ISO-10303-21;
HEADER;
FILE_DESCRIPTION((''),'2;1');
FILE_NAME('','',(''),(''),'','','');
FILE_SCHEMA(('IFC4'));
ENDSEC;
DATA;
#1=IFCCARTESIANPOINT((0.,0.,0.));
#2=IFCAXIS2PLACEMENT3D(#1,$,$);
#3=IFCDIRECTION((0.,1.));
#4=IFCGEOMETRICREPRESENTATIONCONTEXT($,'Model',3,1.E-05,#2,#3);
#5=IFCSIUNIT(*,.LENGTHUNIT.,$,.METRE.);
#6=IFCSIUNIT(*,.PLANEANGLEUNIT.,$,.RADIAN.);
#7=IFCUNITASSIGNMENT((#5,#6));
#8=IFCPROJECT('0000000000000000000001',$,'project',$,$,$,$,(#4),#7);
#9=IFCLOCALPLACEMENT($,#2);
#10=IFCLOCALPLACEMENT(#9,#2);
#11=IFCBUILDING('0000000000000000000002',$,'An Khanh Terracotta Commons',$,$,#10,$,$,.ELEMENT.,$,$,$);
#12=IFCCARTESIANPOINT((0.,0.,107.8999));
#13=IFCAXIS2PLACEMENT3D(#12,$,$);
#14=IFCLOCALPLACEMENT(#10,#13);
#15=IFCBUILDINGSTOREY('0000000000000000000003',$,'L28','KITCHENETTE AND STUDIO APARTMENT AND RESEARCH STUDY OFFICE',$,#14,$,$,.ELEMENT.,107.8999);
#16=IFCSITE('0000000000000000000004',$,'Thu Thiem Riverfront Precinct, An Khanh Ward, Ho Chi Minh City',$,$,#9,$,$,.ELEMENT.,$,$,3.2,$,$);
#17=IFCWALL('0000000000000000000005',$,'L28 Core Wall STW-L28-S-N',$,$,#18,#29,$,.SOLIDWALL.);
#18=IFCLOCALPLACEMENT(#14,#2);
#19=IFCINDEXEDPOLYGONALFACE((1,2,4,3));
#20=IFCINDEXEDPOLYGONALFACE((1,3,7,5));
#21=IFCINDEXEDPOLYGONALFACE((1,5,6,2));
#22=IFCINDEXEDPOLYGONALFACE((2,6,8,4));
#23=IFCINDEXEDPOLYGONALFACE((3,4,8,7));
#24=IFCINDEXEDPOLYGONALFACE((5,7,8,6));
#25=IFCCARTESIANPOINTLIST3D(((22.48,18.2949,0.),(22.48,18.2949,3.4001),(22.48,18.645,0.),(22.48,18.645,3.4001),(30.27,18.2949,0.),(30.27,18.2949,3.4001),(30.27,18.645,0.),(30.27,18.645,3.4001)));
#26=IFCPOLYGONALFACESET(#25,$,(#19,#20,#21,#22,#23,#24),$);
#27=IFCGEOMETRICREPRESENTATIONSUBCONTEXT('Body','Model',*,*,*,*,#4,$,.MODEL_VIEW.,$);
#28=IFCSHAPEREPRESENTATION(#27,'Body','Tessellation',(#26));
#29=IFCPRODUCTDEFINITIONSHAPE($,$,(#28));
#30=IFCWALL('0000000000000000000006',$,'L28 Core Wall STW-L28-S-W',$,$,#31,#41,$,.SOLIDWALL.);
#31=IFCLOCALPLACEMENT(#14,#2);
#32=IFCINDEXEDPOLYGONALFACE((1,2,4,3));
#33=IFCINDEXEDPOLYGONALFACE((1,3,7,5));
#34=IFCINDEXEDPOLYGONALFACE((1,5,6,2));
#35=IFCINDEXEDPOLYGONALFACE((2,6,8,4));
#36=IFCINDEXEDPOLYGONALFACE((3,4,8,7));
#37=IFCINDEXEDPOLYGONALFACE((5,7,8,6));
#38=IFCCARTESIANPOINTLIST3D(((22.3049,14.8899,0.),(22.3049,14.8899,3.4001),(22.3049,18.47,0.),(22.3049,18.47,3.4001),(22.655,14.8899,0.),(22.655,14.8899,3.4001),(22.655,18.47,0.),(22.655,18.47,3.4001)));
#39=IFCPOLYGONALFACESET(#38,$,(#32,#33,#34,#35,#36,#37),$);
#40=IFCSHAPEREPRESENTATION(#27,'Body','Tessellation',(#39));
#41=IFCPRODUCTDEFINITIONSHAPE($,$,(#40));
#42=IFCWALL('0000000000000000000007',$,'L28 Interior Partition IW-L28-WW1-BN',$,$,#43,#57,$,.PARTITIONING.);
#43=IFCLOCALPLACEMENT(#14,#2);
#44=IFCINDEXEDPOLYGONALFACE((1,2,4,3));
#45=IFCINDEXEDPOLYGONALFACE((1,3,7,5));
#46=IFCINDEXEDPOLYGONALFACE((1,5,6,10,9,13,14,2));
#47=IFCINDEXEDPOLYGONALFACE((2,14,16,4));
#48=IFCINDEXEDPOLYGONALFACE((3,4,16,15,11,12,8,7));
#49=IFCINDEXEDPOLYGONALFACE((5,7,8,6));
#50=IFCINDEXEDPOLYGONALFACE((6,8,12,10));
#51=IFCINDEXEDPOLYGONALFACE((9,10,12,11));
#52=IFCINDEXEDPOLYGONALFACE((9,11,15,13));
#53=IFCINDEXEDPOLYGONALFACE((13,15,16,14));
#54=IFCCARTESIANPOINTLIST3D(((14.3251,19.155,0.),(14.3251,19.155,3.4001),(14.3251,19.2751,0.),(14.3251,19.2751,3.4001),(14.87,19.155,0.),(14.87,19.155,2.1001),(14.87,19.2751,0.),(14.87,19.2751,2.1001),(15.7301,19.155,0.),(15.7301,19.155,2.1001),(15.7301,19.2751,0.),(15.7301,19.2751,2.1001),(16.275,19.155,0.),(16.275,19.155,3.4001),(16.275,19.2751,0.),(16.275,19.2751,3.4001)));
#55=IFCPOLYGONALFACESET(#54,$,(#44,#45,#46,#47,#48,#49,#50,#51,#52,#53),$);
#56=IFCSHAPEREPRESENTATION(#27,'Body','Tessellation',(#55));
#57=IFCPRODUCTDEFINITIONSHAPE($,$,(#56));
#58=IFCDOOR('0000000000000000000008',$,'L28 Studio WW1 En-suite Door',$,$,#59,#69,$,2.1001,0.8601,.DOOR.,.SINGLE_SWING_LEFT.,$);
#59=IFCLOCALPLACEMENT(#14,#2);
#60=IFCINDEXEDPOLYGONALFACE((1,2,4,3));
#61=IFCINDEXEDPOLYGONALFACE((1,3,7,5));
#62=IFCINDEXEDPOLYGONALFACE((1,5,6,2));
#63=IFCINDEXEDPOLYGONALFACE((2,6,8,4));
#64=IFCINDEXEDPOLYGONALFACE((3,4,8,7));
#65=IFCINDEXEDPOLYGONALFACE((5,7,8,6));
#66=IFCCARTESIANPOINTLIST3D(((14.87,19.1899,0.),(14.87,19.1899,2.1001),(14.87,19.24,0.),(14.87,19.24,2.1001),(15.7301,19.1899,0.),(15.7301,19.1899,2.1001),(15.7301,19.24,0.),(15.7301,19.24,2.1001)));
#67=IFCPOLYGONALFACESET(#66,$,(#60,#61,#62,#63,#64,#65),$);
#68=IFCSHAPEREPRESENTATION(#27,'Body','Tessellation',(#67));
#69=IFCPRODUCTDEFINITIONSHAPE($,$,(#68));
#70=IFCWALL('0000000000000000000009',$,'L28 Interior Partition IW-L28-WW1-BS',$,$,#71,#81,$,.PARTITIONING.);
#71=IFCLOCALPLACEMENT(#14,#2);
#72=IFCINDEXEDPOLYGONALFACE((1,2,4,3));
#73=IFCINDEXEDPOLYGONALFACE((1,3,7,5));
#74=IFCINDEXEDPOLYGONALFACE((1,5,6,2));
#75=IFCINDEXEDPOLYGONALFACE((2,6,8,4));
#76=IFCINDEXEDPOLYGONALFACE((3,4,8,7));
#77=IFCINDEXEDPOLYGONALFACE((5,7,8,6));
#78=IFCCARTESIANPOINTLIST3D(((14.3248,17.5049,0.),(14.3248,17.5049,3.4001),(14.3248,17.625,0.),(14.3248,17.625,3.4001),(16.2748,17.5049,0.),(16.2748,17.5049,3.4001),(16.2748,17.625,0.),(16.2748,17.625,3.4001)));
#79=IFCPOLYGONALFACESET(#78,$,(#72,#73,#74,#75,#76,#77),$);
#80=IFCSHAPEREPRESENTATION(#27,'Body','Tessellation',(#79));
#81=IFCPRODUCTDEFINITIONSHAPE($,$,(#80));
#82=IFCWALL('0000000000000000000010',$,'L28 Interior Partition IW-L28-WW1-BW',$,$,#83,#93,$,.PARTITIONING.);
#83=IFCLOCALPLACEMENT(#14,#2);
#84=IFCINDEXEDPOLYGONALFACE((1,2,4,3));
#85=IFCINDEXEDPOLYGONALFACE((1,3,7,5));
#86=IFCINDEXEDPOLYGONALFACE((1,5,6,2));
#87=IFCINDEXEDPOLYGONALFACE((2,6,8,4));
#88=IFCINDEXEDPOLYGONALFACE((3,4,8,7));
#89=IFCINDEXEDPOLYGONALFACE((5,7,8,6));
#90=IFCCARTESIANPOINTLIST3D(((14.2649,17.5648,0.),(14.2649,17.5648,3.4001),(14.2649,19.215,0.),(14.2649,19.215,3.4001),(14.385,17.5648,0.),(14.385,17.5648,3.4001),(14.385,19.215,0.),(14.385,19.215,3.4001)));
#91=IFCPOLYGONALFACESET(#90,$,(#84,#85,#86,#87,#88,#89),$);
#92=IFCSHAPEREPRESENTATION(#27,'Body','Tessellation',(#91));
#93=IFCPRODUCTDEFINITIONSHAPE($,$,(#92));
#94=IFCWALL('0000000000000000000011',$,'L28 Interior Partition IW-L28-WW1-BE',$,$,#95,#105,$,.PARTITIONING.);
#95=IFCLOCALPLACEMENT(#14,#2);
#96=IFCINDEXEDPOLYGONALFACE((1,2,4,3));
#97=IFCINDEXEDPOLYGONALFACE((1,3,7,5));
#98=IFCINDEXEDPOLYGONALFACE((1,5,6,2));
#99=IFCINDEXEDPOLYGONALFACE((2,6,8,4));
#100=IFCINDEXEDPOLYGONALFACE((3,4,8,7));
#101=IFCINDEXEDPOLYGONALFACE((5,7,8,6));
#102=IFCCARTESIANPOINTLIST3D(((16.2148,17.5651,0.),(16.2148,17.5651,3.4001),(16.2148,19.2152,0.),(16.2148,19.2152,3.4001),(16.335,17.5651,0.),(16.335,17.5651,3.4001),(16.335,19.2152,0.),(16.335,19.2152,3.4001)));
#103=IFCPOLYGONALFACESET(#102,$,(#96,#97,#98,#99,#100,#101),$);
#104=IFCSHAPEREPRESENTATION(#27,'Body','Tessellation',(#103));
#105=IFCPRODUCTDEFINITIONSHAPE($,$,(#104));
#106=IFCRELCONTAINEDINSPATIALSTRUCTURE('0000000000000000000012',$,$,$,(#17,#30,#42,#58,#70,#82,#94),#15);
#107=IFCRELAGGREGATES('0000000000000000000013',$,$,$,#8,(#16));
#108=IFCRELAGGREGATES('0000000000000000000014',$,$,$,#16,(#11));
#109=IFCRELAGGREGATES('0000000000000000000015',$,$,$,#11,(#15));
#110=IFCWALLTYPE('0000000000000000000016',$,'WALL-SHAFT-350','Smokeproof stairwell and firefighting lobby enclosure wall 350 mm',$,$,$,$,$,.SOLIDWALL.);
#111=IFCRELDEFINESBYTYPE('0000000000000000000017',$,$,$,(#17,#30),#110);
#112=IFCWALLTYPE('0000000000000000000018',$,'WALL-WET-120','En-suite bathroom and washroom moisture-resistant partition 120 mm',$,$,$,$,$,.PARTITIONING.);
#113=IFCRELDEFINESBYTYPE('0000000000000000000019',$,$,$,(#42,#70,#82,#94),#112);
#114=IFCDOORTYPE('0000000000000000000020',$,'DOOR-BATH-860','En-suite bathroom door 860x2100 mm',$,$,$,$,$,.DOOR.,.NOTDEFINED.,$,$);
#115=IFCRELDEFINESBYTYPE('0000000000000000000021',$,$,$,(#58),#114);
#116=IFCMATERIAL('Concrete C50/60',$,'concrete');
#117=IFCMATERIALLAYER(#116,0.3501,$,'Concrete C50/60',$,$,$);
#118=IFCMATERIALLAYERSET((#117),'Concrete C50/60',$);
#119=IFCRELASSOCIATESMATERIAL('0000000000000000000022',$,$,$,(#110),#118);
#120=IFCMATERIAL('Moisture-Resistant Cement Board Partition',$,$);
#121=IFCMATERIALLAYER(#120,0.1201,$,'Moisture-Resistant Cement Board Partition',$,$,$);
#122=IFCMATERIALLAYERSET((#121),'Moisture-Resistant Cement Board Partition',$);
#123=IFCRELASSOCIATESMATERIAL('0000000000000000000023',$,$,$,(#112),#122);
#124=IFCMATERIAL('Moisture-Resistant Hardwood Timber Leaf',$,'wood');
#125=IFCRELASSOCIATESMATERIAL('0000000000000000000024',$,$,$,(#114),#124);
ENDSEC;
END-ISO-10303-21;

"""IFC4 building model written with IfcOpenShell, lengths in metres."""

from ifc_helpers import new_model, si_unit, direction, frame, frame_2d, origin, place, context, subcontext, project, spatial, rectangle, extrude, material, layer, layer_set, type_object, element, fill, save


model = new_model("IFC4")

# Units and contexts
model_context = context("Model", 3, precision=1e-05, world=origin(), true_north=direction((0.0, 1.0)))
body_context = subcontext(model_context, "Body", "Model", "MODEL_VIEW")
ifc_project = project(units=[si_unit("LENGTHUNIT", "METRE"), si_unit("PLANEANGLEUNIT", "RADIAN")], contexts=[model_context])

# Site, building, storey
site_placement = place(None, origin())
site = spatial("IfcSite", under=ifc_project, at=site_placement, Name="Thu Thiem Riverfront Precinct, An Khanh Ward, Ho Chi Minh City", CompositionType="ELEMENT", RefElevation=3.2)
building_placement = place(site_placement, origin())
building = spatial("IfcBuilding", under=site, at=building_placement, Name="An Khanh Terracotta Commons", CompositionType="ELEMENT")
storey_placement = place(building_placement, frame((0.0, 0.0, 107.8999)))
storey = spatial("IfcBuildingStorey", under=building, at=storey_placement, Name="L28", Description="KITCHENETTE AND STUDIO APARTMENT AND RESEARCH STUDY OFFICE", CompositionType="ELEMENT", Elevation=107.8999)

# Walls
ifc_material_1 = material(Name="Concrete C50/60", Category="concrete")
ifc_layer_1 = layer(ifc_material_1, 0.3501, Name="Concrete C50/60")
ifc_layer_set_1 = layer_set([ifc_layer_1], Name="Concrete C50/60")
wall_type_1 = type_object("IfcWallType", Name="WALL-SHAFT-350", Description="Smokeproof stairwell and firefighting lobby enclosure wall 350 mm", PredefinedType="SOLIDWALL", material=ifc_layer_set_1)
wall_1_placement = place(storey_placement, frame((22.48, 18.47, 0.0), z_axis=(0.0, 0.0, 1.0), x_axis=(1.0, 0.0, 0.0)))
element("IfcWall", 1, at=wall_1_placement, inside=storey, type_object=wall_type_1, Name="L28 Core Wall STW-L28-S-N", PredefinedType="SOLIDWALL", context=body_context, shape_type="SweptSolid", body=[
    extrude(rectangle(XDim=7.79, YDim=0.3501, at=frame_2d((3.895, 0.0))), origin(), (0.0, 0.0, 1.0), 3.4001),
])
wall_2_placement = place(storey_placement, frame((22.48, 14.8899, 0.0), z_axis=(0.0, 0.0, 1.0), x_axis=(0.0, 1.0, 0.0)))
element("IfcWall", 2, at=wall_2_placement, inside=storey, type_object=wall_type_1, Name="L28 Core Wall STW-L28-S-W", PredefinedType="SOLIDWALL", context=body_context, shape_type="SweptSolid", body=[
    extrude(rectangle(XDim=3.5801, YDim=0.3501, at=frame_2d((1.79, 0.0))), origin(), (0.0, 0.0, 1.0), 3.4001),
])

# Wall, opening, door
ifc_material_2 = material(Name="Moisture-Resistant Cement Board Partition")
ifc_layer_2 = layer(ifc_material_2, 0.1201, Name="Moisture-Resistant Cement Board Partition")
ifc_layer_set_2 = layer_set([ifc_layer_2], Name="Moisture-Resistant Cement Board Partition")
wall_type_2 = type_object("IfcWallType", Name="WALL-WET-120", Description="En-suite bathroom and washroom moisture-resistant partition 120 mm", PredefinedType="PARTITIONING", material=ifc_layer_set_2)
wall_3_placement = place(storey_placement, frame((14.325, 19.2151, 0.0), z_axis=(0.0, 0.0, 1.0), x_axis=(1.0, 0.0, 0.0)))
wall_3 = element("IfcWall", 3, at=wall_3_placement, inside=storey, type_object=wall_type_2, Name="L28 Interior Partition IW-L28-WW1-BN", PredefinedType="PARTITIONING", context=body_context, shape_type="SweptSolid", body=[
    extrude(rectangle(XDim=1.95, YDim=0.1201, at=frame_2d((0.9751, 0.0))), origin(), (0.0, 0.0, 1.0), 3.4001),
])
opening_1_placement = place(wall_3_placement, frame((0.5449, 0.0, 0.0)))
opening_1 = element("IfcOpeningElement", 4, at=opening_1_placement, cuts=wall_3, PredefinedType="OPENING", context=body_context, shape_type="SweptSolid", body=[
    extrude(rectangle(XDim=0.8601, YDim=2.1001, at=frame_2d((0.4302, 1.05))), frame((0.0, 0.0701, 0.0), z_axis=(0.0, -1.0, 0.0), x_axis=(1.0, 0.0, 0.0)), (0.0, 0.0, 1.0), 0.1401),
])
ifc_material_3 = material(Name="Moisture-Resistant Hardwood Timber Leaf", Category="wood")
door_type_1 = type_object("IfcDoorType", Name="DOOR-BATH-860", Description="En-suite bathroom door 860x2100 mm", OperationType="NOTDEFINED", PredefinedType="DOOR", material=ifc_material_3)
door_1_placement = place(opening_1_placement, origin())
door_1 = element("IfcDoor", 5, at=door_1_placement, inside=storey, type_object=door_type_1, Name="L28 Studio WW1 En-suite Door", OperationType="SINGLE_SWING_LEFT", OverallHeight=2.1001, OverallWidth=0.8601, PredefinedType="DOOR", context=body_context, shape_type="SweptSolid", body=[
    extrude(rectangle(XDim=0.8601, YDim=2.1001, at=frame_2d((0.4302, 1.05))), frame((0.0, 0.0249, 0.0), z_axis=(0.0, -1.0, 0.0), x_axis=(1.0, 0.0, 0.0)), (0.0, 0.0, 1.0), 0.05),
])
fill(opening_1, door_1)

# Walls
wall_4_placement = place(storey_placement, frame((16.2749, 17.5649, 0.0), z_axis=(0.0, 0.0, 1.0), x_axis=(-1.0, 0.0, 0.0)))
element("IfcWall", 6, at=wall_4_placement, inside=storey, type_object=wall_type_2, Name="L28 Interior Partition IW-L28-WW1-BS", PredefinedType="PARTITIONING", context=body_context, shape_type="SweptSolid", body=[
    extrude(rectangle(XDim=1.95, YDim=0.1201, at=frame_2d((0.9751, 0.0))), origin(), (0.0, 0.0, 1.0), 3.4001),
])
for number, where, z_axis, x_axis, name in (
    (7, (14.325, 19.2151, 0.0), (0.0, 0.0, 1.0), (0.0, -1.0, 0.0), "L28 Interior Partition IW-L28-WW1-BW"),
    (8, (16.2749, 17.5649, 0.0), (0.0, 0.0, 1.0), (0.0, 1.0, 0.0), "L28 Interior Partition IW-L28-WW1-BE"),
):
    element("IfcWall", number, at=place(storey_placement, frame(where, z_axis=z_axis, x_axis=x_axis)), inside=storey, type_object=wall_type_2, Name=name, PredefinedType="PARTITIONING", context=body_context, shape_type="SweptSolid", body=[
        extrude(rectangle(XDim=1.6501, YDim=0.1201, at=frame_2d((0.8252, 0.0))), origin(), (0.0, 0.0, 1.0), 3.4001),
    ])

save(model, "model.ifc")
